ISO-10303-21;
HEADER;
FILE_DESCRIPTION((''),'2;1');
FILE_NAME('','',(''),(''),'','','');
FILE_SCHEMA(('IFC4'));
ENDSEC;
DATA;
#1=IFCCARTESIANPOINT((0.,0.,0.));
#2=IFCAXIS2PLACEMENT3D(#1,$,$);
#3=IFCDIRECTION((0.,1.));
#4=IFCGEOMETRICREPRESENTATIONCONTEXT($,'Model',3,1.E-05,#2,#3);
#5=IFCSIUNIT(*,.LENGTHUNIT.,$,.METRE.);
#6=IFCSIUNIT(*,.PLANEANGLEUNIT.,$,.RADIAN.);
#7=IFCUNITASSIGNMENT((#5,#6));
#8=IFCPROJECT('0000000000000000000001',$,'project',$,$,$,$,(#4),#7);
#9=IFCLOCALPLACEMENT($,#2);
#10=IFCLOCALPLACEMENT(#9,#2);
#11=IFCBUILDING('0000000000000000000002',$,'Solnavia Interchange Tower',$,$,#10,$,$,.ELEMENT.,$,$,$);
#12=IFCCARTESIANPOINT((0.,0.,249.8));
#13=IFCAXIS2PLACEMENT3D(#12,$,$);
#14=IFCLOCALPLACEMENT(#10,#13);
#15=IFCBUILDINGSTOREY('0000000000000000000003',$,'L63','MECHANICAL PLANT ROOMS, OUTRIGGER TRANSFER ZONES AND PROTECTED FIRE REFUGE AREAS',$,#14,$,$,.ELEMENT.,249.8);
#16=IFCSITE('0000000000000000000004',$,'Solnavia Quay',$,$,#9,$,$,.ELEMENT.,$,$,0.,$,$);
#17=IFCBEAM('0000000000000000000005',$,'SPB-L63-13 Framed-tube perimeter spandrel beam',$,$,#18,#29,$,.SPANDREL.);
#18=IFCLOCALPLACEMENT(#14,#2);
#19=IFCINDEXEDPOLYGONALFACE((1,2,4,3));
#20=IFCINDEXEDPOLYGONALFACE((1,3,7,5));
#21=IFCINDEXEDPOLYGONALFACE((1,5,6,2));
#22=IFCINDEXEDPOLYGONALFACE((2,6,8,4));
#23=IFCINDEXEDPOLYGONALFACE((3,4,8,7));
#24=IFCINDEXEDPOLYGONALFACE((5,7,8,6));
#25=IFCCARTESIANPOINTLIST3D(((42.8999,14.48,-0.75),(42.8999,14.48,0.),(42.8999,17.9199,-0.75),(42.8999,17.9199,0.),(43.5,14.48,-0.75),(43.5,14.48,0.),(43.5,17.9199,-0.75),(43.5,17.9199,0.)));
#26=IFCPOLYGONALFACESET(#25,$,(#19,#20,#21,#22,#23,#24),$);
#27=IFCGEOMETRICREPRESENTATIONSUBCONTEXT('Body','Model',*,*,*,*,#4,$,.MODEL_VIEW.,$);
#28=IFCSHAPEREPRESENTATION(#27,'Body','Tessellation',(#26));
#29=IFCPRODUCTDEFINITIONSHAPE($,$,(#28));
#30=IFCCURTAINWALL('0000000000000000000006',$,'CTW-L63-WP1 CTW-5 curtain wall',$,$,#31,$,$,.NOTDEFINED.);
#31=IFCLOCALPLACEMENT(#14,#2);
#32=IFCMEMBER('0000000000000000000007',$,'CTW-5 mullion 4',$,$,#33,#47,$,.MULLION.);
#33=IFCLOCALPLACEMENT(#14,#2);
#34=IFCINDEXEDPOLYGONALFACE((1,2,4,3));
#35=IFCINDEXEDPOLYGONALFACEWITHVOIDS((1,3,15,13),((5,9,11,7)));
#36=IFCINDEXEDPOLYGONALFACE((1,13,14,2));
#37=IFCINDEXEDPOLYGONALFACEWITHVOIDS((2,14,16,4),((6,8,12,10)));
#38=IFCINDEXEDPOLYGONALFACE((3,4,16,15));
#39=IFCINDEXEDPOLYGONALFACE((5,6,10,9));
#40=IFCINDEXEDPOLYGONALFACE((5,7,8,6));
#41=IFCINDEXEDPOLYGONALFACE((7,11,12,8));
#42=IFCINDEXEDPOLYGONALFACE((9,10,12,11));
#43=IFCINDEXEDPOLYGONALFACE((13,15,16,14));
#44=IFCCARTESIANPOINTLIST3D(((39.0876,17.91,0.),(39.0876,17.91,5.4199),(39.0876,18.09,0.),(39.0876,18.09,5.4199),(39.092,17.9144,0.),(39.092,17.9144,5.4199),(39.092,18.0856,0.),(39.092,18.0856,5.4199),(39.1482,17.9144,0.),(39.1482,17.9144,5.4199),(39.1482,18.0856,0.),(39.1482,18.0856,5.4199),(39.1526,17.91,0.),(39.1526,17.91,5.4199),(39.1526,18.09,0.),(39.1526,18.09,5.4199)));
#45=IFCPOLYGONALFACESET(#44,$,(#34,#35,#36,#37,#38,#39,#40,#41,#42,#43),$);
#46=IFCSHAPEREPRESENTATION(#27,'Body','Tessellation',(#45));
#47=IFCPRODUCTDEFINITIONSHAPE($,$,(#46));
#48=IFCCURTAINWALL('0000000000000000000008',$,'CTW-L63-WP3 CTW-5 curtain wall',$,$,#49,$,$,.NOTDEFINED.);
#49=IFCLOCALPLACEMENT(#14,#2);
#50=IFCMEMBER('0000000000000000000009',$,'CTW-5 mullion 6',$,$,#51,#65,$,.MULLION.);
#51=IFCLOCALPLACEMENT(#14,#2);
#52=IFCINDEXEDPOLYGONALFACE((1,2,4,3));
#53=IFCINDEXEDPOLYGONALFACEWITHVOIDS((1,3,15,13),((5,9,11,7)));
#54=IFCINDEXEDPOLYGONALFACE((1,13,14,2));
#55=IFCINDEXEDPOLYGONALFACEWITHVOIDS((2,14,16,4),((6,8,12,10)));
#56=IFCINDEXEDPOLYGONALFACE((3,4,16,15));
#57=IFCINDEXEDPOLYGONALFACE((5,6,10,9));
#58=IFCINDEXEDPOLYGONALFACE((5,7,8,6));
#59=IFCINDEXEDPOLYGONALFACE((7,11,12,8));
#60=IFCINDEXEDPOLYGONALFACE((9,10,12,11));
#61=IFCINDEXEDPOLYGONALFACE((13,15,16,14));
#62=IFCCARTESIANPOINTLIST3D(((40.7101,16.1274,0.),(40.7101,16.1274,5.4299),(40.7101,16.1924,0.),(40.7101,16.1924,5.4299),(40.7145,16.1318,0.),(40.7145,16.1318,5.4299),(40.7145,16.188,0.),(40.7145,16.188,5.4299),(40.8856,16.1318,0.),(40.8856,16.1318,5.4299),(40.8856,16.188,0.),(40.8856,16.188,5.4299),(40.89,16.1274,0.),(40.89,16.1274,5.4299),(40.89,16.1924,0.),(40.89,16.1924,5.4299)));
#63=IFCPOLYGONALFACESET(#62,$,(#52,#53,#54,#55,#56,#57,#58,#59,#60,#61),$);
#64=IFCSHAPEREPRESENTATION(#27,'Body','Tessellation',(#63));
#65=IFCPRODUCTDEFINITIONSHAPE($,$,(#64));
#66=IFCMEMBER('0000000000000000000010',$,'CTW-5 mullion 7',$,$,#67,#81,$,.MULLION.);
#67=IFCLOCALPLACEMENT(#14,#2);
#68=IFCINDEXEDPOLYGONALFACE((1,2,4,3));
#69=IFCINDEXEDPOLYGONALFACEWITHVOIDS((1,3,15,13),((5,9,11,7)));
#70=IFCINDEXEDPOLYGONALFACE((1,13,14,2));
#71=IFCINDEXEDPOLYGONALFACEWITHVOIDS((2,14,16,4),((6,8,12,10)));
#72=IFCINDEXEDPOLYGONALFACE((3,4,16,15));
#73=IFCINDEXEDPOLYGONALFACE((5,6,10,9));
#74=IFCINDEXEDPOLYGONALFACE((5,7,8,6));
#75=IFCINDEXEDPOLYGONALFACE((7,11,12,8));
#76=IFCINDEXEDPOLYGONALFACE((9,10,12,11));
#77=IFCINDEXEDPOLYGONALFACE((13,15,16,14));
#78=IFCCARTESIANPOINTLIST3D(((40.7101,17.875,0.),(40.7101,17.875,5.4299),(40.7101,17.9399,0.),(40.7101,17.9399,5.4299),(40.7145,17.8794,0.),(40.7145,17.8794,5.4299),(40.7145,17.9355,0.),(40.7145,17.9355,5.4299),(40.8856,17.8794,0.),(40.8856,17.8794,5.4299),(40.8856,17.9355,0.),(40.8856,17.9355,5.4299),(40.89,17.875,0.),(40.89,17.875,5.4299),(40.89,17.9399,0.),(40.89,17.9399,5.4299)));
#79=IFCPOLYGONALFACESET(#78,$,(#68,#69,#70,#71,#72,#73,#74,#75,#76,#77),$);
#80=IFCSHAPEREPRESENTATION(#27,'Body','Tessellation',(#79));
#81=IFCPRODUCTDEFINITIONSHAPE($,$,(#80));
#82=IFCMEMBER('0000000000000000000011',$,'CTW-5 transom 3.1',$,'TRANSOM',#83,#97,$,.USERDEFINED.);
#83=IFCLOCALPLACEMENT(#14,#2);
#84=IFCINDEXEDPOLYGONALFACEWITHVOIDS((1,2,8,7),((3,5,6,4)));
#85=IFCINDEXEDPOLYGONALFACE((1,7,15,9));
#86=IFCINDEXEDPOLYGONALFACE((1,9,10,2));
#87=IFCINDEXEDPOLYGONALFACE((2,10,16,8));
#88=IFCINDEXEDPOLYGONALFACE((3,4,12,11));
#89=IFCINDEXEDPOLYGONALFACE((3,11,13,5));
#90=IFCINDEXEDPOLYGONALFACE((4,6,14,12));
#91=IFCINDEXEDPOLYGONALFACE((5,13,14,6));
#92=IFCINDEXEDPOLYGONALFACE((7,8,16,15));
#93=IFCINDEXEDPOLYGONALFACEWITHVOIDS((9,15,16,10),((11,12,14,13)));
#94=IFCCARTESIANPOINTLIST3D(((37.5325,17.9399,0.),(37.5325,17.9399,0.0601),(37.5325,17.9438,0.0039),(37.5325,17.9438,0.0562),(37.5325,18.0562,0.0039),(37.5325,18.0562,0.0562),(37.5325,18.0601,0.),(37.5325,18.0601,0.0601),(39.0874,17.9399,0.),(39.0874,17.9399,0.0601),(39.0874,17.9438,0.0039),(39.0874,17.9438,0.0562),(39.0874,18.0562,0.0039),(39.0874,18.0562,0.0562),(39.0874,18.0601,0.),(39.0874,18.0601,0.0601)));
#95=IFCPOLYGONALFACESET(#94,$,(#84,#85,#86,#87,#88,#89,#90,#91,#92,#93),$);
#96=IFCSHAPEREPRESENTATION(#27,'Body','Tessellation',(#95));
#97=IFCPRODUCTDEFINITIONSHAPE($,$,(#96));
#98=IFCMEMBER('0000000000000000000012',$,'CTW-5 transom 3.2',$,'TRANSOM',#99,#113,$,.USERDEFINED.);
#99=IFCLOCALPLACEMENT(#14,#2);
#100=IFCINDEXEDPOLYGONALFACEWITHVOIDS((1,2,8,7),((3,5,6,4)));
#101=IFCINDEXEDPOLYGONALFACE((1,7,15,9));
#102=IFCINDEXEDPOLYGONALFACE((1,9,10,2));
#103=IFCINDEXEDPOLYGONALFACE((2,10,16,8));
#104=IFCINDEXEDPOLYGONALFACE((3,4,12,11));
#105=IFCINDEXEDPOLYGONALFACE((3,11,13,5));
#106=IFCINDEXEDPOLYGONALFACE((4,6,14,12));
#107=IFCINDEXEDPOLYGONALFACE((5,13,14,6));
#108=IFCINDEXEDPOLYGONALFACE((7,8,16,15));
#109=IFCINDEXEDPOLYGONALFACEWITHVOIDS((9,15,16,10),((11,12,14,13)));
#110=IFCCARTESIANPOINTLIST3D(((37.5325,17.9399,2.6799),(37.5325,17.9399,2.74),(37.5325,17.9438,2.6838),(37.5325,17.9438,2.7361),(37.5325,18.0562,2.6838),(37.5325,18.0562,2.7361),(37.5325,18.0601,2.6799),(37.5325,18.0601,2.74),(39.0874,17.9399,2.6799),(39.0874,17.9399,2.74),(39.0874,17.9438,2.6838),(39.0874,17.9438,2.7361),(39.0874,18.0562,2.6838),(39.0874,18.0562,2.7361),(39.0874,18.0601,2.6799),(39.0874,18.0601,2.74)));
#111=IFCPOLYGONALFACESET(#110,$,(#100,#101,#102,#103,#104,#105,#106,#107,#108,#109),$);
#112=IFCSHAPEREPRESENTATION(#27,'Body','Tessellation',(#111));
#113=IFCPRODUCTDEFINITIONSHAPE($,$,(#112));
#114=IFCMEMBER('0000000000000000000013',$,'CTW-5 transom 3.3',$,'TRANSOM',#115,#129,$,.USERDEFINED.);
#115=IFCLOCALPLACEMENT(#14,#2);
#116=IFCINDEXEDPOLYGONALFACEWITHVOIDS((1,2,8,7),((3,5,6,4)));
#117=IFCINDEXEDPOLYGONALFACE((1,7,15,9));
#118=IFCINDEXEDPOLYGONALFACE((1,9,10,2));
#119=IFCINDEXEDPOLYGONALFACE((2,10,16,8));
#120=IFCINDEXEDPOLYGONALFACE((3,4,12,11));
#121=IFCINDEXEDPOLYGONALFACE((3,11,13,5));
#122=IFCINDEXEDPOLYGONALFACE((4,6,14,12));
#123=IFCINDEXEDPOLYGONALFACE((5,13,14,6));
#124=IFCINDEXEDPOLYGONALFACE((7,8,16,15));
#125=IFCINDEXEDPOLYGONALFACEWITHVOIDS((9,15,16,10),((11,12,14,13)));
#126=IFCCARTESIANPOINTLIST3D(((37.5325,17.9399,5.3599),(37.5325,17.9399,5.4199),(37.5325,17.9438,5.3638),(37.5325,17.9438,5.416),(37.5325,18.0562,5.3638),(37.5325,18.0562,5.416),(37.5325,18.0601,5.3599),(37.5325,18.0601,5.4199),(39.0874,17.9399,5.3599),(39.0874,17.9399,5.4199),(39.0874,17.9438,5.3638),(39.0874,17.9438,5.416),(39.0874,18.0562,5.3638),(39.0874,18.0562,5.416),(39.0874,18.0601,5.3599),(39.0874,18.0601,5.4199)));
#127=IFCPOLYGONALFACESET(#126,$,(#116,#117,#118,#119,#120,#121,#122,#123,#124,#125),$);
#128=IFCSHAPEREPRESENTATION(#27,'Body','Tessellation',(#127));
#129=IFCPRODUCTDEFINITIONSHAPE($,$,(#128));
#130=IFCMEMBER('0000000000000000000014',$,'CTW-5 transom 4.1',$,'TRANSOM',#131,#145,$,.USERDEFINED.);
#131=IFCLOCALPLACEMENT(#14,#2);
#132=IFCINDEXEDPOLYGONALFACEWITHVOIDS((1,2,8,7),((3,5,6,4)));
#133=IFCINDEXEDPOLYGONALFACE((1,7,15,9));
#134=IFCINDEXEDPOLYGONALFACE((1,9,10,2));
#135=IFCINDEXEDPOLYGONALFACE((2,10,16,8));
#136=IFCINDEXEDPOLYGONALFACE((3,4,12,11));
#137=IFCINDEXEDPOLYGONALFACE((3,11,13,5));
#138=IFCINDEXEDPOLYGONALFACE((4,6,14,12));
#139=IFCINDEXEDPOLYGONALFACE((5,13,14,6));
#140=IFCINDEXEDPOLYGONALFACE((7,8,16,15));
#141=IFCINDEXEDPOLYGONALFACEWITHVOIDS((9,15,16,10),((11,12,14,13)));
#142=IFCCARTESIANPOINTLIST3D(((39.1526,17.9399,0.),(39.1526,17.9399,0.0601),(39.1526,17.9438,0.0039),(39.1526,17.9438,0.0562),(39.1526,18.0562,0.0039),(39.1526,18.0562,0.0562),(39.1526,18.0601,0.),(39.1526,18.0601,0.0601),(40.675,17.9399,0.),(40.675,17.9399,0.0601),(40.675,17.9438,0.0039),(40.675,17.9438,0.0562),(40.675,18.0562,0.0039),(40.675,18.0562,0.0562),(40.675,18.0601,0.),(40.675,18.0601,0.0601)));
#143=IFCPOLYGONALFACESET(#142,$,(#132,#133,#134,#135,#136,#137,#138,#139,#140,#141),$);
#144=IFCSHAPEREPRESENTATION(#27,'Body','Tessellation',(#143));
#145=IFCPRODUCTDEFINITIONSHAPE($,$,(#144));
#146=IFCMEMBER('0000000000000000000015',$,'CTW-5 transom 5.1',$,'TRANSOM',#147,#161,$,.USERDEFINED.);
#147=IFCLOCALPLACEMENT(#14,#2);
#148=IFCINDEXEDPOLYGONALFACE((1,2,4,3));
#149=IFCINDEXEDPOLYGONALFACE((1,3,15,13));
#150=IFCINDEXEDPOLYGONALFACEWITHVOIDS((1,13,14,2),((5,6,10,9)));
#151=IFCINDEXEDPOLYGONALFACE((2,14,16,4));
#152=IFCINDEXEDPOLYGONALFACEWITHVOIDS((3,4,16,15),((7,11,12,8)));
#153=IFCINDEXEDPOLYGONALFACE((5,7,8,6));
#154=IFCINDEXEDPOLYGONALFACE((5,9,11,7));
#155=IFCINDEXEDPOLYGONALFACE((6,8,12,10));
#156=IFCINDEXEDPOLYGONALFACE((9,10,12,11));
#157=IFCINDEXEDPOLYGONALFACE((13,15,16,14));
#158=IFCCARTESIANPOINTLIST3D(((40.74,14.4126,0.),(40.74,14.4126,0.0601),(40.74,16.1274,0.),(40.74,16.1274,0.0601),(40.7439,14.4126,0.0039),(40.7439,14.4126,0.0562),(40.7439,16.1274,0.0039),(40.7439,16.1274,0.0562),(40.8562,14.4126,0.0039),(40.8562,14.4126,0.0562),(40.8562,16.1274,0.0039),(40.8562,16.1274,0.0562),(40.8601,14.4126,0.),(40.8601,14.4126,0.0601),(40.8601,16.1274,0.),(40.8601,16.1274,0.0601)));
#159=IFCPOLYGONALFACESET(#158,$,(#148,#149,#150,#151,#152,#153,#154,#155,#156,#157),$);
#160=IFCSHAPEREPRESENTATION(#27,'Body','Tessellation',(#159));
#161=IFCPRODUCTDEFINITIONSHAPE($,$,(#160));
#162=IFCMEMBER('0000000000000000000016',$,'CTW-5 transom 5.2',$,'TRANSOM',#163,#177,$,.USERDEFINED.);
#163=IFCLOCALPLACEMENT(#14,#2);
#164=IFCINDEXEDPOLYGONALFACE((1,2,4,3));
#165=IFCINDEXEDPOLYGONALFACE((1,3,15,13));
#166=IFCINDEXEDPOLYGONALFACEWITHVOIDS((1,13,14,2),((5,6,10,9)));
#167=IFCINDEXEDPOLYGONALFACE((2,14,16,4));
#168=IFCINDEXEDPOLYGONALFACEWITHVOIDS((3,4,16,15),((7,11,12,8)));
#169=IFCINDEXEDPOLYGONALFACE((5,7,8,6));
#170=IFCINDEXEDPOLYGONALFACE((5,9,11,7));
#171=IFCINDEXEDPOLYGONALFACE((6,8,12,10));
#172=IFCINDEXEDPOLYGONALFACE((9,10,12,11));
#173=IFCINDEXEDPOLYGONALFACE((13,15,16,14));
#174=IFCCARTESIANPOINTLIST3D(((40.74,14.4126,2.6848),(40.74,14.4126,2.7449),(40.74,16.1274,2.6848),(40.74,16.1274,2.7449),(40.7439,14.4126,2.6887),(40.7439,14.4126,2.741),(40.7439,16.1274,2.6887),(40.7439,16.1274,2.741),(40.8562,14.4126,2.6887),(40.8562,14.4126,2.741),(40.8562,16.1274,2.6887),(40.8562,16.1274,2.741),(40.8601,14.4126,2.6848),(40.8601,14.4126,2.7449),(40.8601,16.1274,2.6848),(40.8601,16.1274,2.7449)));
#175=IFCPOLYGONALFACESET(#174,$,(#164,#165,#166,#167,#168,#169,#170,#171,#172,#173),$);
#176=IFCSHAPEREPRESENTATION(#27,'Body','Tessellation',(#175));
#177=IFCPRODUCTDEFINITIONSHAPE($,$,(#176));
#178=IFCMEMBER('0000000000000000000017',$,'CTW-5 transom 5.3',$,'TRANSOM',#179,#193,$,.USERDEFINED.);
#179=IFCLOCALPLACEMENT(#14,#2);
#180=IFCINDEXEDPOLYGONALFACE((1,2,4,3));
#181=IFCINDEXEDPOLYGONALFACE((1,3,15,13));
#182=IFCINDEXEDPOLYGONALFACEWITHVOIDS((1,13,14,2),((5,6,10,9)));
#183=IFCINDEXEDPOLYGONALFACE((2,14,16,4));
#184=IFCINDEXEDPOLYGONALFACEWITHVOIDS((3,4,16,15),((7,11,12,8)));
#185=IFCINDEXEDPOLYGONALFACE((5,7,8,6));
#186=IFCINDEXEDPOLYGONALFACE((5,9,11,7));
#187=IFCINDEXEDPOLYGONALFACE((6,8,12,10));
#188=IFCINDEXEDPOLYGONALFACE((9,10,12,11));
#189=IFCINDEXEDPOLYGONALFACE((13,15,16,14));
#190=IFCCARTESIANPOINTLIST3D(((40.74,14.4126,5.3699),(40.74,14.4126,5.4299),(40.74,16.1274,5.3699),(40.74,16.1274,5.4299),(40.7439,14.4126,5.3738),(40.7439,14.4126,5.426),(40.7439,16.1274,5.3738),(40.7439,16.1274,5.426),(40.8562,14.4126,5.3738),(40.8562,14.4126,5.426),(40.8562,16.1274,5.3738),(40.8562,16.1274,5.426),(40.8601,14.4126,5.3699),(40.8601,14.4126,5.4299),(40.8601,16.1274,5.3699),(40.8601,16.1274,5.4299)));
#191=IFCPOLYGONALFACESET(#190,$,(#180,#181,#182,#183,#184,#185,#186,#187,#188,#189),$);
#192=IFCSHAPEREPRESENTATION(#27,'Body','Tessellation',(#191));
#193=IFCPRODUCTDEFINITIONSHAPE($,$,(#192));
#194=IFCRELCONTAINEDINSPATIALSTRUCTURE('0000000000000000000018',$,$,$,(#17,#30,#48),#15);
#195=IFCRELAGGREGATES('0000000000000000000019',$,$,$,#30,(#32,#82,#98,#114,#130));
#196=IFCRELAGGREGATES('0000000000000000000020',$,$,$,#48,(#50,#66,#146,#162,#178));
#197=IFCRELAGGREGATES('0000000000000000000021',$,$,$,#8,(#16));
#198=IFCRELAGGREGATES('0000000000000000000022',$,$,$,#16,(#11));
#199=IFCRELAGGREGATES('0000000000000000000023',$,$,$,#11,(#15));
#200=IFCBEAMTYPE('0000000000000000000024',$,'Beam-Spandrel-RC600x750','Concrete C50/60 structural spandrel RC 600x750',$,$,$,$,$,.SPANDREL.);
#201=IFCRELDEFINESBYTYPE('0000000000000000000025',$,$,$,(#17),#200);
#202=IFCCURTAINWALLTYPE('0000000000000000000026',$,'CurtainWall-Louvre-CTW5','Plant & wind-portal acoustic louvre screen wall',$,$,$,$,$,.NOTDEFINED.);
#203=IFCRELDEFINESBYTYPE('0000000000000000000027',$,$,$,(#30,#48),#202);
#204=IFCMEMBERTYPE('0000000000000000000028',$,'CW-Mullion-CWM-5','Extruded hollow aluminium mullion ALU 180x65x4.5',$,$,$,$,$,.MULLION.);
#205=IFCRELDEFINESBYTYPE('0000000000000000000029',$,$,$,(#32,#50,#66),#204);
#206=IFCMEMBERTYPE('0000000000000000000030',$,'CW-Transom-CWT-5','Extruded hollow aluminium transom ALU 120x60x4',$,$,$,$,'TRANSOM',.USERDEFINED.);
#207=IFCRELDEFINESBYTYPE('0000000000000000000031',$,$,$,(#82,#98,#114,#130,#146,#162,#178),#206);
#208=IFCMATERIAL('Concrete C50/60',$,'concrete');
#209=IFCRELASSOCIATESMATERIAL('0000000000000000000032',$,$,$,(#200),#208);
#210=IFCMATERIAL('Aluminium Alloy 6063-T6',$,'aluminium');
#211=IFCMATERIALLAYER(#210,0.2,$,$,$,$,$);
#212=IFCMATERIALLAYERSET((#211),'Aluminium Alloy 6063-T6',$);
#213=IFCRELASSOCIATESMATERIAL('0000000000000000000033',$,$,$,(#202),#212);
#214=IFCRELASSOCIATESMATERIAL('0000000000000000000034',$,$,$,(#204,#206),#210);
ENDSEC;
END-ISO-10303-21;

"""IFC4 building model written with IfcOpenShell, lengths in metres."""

from ifc_helpers import new_model, si_unit, direction, frame, origin, origin_2d, place, context, subcontext, project, spatial, rectangle, hollow_rectangle, extrude, material, layer, layer_set, material_profile, profile_set, type_object, element, aggregate, save


model = new_model("IFC4")

# Units and contexts
model_context = context("Model", 3, precision=1e-05, world=origin(), true_north=direction((0.0, 1.0)))
body_context = subcontext(model_context, "Body", "Model", "MODEL_VIEW")
ifc_project = project(units=[si_unit("LENGTHUNIT", "METRE"), si_unit("PLANEANGLEUNIT", "RADIAN")], contexts=[model_context])

# Site, building, storey
site_placement = place(None, origin())
site = spatial("IfcSite", under=ifc_project, at=site_placement, Name="Solnavia Quay", CompositionType="ELEMENT", RefElevation=0.0)
building_placement = place(site_placement, origin())
building = spatial("IfcBuilding", under=site, at=building_placement, Name="Solnavia Interchange Tower", CompositionType="ELEMENT")
storey_placement = place(building_placement, frame((0.0, 0.0, 249.8)))
storey = spatial("IfcBuildingStorey", under=building, at=storey_placement, Name="L63", Description="MECHANICAL PLANT ROOMS, OUTRIGGER TRANSFER ZONES AND PROTECTED FIRE REFUGE AREAS", CompositionType="ELEMENT", Elevation=249.8)

# Beam
ifc_material_1 = material(Name="Concrete C50/60", Category="concrete")
ifc_material_profile_1 = material_profile(ifc_material_1, rectangle(XDim=0.6001, YDim=0.75, at=origin_2d()), Name="RC 600x750")
ifc_profile_set_1 = profile_set([ifc_material_profile_1], Name="Concrete C50/60")
beam_type = type_object("IfcBeamType", Name="Beam-Spandrel-RC600x750", Description="Concrete C50/60 structural spandrel RC 600x750", PredefinedType="SPANDREL", material=ifc_profile_set_1)
beam_placement = place(storey_placement, frame((43.2, 14.48, -0.375), z_axis=(0.0, 1.0, 0.0), x_axis=(-1.0, 0.0, 0.0)))
element("IfcBeam", 1, at=beam_placement, inside=storey, type_object=beam_type, Name="SPB-L63-13 Framed-tube perimeter spandrel beam", PredefinedType="SPANDREL", context=body_context, shape_type="SweptSolid", body=[
    extrude(rectangle(XDim=0.6001, YDim=0.75, at=origin_2d()), origin(), (0.0, 0.0, 1.0), 3.4399),
])

# Curtain wall, member
ifc_material_2 = material(Name="Aluminium Alloy 6063-T6", Category="aluminium")
ifc_layer_1 = layer(ifc_material_2, 0.2)
ifc_layer_set_1 = layer_set([ifc_layer_1], Name="Aluminium Alloy 6063-T6")
curtain_wall_type = type_object("IfcCurtainWallType", Name="CurtainWall-Louvre-CTW5", Description="Plant & wind-portal acoustic louvre screen wall", PredefinedType="NOTDEFINED", material=ifc_layer_set_1)
curtain_wall_1_placement = place(storey_placement, origin())
curtain_wall_1 = element("IfcCurtainWall", 2, at=curtain_wall_1_placement, inside=storey, type_object=curtain_wall_type, Name="CTW-L63-WP1 CTW-5 curtain wall", PredefinedType="NOTDEFINED")
ifc_material_profile_2 = material_profile(ifc_material_2, hollow_rectangle(XDim=0.0649, YDim=0.1799, WallThickness=0.0044, at=origin_2d()), Name="ALU 180x65x4.5")
ifc_profile_set_2 = profile_set([ifc_material_profile_2], Name="Aluminium Alloy 6063-T6")
member_type_1 = type_object("IfcMemberType", Name="CW-Mullion-CWM-5", Description="Extruded hollow aluminium mullion ALU 180x65x4.5", PredefinedType="MULLION", material=ifc_profile_set_2)
member_1_placement = place(storey_placement, frame((39.1201, 18.0, 0.0), z_axis=(0.0, 0.0, 1.0), x_axis=(1.0, 0.0, 0.0)))
member_1 = element("IfcMember", 3, at=member_1_placement, type_object=member_type_1, Name="CTW-5 mullion 4", PredefinedType="MULLION", context=body_context, shape_type="SweptSolid", body=[
    extrude(hollow_rectangle(XDim=0.0649, YDim=0.1799, WallThickness=0.0044, at=origin_2d()), origin(), (0.0, 0.0, 1.0), 5.4199),
])

# Curtain wall, members
curtain_wall_2_placement = place(storey_placement, origin())
curtain_wall_2 = element("IfcCurtainWall", 4, at=curtain_wall_2_placement, inside=storey, type_object=curtain_wall_type, Name="CTW-L63-WP3 CTW-5 curtain wall", PredefinedType="NOTDEFINED")
member_2_placement = place(storey_placement, frame((40.8, 16.1599, 0.0), z_axis=(0.0, 0.0, 1.0), x_axis=(0.0, 1.0, 0.0)))
member_2 = element("IfcMember", 5, at=member_2_placement, type_object=member_type_1, Name="CTW-5 mullion 6", PredefinedType="MULLION", context=body_context, shape_type="SweptSolid", body=[
    extrude(hollow_rectangle(XDim=0.0649, YDim=0.1799, WallThickness=0.0044, at=origin_2d()), origin(), (0.0, 0.0, 1.0), 5.4299),
])
member_3_placement = place(storey_placement, frame((40.8, 17.9075, 0.0), z_axis=(0.0, 0.0, 1.0), x_axis=(0.0, 1.0, 0.0)))
member_3 = element("IfcMember", 6, at=member_3_placement, type_object=member_type_1, Name="CTW-5 mullion 7", PredefinedType="MULLION", context=body_context, shape_type="SweptSolid", body=[
    extrude(hollow_rectangle(XDim=0.0649, YDim=0.1799, WallThickness=0.0044, at=origin_2d()), origin(), (0.0, 0.0, 1.0), 5.4299),
])

# Members
ifc_material_profile_3 = material_profile(ifc_material_2, hollow_rectangle(XDim=0.0601, YDim=0.1201, WallThickness=0.0039, at=origin_2d()), Name="ALU 120x60x4")
ifc_profile_set_3 = profile_set([ifc_material_profile_3], Name="Aluminium Alloy 6063-T6")
member_type_2 = type_object("IfcMemberType", Name="CW-Transom-CWT-5", Description="Extruded hollow aluminium transom ALU 120x60x4", ElementType="TRANSOM", PredefinedType="USERDEFINED", material=ifc_profile_set_3)
member_4_placement = place(storey_placement, frame((37.5325, 18.0, 0.03), z_axis=(1.0, 0.0, 0.0), x_axis=(0.0, 0.0, 1.0)))
member_4 = element("IfcMember", 7, at=member_4_placement, type_object=member_type_2, Name="CTW-5 transom 3.1", ObjectType="TRANSOM", PredefinedType="USERDEFINED", context=body_context, shape_type="SweptSolid", body=[
    extrude(hollow_rectangle(XDim=0.0601, YDim=0.1201, WallThickness=0.0039, at=origin_2d()), origin(), (0.0, 0.0, 1.0), 1.5549),
])
member_5_placement = place(storey_placement, frame((37.5325, 18.0, 2.71), z_axis=(1.0, 0.0, 0.0), x_axis=(0.0, 0.0, 1.0)))
member_5 = element("IfcMember", 8, at=member_5_placement, type_object=member_type_2, Name="CTW-5 transom 3.2", ObjectType="TRANSOM", PredefinedType="USERDEFINED", context=body_context, shape_type="SweptSolid", body=[
    extrude(hollow_rectangle(XDim=0.0601, YDim=0.1201, WallThickness=0.0039, at=origin_2d()), origin(), (0.0, 0.0, 1.0), 1.5549),
])
member_6_placement = place(storey_placement, frame((37.5325, 18.0, 5.3899), z_axis=(1.0, 0.0, 0.0), x_axis=(0.0, 0.0, 1.0)))
member_6 = element("IfcMember", 9, at=member_6_placement, type_object=member_type_2, Name="CTW-5 transom 3.3", ObjectType="TRANSOM", PredefinedType="USERDEFINED", context=body_context, shape_type="SweptSolid", body=[
    extrude(hollow_rectangle(XDim=0.0601, YDim=0.1201, WallThickness=0.0039, at=origin_2d()), origin(), (0.0, 0.0, 1.0), 1.5549),
])
member_7_placement = place(storey_placement, frame((39.1526, 18.0, 0.03), z_axis=(1.0, 0.0, 0.0), x_axis=(0.0, 0.0, 1.0)))
member_7 = element("IfcMember", 10, at=member_7_placement, type_object=member_type_2, Name="CTW-5 transom 4.1", ObjectType="TRANSOM", PredefinedType="USERDEFINED", context=body_context, shape_type="SweptSolid", body=[
    extrude(hollow_rectangle(XDim=0.0601, YDim=0.1201, WallThickness=0.0039, at=origin_2d()), origin(), (0.0, 0.0, 1.0), 1.5225),
])
member_8_placement = place(storey_placement, frame((40.8, 14.4126, 0.03), z_axis=(0.0, 1.0, 0.0), x_axis=(0.0, 0.0, 1.0)))
member_8 = element("IfcMember", 11, at=member_8_placement, type_object=member_type_2, Name="CTW-5 transom 5.1", ObjectType="TRANSOM", PredefinedType="USERDEFINED", context=body_context, shape_type="SweptSolid", body=[
    extrude(hollow_rectangle(XDim=0.0601, YDim=0.1201, WallThickness=0.0039, at=origin_2d()), origin(), (0.0, 0.0, 1.0), 1.7148),
])
member_9_placement = place(storey_placement, frame((40.8, 14.4126, 2.7148), z_axis=(0.0, 1.0, 0.0), x_axis=(0.0, 0.0, 1.0)))
member_9 = element("IfcMember", 12, at=member_9_placement, type_object=member_type_2, Name="CTW-5 transom 5.2", ObjectType="TRANSOM", PredefinedType="USERDEFINED", context=body_context, shape_type="SweptSolid", body=[
    extrude(hollow_rectangle(XDim=0.0601, YDim=0.1201, WallThickness=0.0039, at=origin_2d()), origin(), (0.0, 0.0, 1.0), 1.7148),
])
member_10_placement = place(storey_placement, frame((40.8, 14.4126, 5.3999), z_axis=(0.0, 1.0, 0.0), x_axis=(0.0, 0.0, 1.0)))
member_10 = element("IfcMember", 13, at=member_10_placement, type_object=member_type_2, Name="CTW-5 transom 5.3", ObjectType="TRANSOM", PredefinedType="USERDEFINED", context=body_context, shape_type="SweptSolid", body=[
    extrude(hollow_rectangle(XDim=0.0601, YDim=0.1201, WallThickness=0.0039, at=origin_2d()), origin(), (0.0, 0.0, 1.0), 1.7148),
])

aggregate(curtain_wall_1, [member_1, member_4, member_5, member_6, member_7])
aggregate(curtain_wall_2, [member_2, member_3, member_8, member_9, member_10])

save(model, "model.ifc")
